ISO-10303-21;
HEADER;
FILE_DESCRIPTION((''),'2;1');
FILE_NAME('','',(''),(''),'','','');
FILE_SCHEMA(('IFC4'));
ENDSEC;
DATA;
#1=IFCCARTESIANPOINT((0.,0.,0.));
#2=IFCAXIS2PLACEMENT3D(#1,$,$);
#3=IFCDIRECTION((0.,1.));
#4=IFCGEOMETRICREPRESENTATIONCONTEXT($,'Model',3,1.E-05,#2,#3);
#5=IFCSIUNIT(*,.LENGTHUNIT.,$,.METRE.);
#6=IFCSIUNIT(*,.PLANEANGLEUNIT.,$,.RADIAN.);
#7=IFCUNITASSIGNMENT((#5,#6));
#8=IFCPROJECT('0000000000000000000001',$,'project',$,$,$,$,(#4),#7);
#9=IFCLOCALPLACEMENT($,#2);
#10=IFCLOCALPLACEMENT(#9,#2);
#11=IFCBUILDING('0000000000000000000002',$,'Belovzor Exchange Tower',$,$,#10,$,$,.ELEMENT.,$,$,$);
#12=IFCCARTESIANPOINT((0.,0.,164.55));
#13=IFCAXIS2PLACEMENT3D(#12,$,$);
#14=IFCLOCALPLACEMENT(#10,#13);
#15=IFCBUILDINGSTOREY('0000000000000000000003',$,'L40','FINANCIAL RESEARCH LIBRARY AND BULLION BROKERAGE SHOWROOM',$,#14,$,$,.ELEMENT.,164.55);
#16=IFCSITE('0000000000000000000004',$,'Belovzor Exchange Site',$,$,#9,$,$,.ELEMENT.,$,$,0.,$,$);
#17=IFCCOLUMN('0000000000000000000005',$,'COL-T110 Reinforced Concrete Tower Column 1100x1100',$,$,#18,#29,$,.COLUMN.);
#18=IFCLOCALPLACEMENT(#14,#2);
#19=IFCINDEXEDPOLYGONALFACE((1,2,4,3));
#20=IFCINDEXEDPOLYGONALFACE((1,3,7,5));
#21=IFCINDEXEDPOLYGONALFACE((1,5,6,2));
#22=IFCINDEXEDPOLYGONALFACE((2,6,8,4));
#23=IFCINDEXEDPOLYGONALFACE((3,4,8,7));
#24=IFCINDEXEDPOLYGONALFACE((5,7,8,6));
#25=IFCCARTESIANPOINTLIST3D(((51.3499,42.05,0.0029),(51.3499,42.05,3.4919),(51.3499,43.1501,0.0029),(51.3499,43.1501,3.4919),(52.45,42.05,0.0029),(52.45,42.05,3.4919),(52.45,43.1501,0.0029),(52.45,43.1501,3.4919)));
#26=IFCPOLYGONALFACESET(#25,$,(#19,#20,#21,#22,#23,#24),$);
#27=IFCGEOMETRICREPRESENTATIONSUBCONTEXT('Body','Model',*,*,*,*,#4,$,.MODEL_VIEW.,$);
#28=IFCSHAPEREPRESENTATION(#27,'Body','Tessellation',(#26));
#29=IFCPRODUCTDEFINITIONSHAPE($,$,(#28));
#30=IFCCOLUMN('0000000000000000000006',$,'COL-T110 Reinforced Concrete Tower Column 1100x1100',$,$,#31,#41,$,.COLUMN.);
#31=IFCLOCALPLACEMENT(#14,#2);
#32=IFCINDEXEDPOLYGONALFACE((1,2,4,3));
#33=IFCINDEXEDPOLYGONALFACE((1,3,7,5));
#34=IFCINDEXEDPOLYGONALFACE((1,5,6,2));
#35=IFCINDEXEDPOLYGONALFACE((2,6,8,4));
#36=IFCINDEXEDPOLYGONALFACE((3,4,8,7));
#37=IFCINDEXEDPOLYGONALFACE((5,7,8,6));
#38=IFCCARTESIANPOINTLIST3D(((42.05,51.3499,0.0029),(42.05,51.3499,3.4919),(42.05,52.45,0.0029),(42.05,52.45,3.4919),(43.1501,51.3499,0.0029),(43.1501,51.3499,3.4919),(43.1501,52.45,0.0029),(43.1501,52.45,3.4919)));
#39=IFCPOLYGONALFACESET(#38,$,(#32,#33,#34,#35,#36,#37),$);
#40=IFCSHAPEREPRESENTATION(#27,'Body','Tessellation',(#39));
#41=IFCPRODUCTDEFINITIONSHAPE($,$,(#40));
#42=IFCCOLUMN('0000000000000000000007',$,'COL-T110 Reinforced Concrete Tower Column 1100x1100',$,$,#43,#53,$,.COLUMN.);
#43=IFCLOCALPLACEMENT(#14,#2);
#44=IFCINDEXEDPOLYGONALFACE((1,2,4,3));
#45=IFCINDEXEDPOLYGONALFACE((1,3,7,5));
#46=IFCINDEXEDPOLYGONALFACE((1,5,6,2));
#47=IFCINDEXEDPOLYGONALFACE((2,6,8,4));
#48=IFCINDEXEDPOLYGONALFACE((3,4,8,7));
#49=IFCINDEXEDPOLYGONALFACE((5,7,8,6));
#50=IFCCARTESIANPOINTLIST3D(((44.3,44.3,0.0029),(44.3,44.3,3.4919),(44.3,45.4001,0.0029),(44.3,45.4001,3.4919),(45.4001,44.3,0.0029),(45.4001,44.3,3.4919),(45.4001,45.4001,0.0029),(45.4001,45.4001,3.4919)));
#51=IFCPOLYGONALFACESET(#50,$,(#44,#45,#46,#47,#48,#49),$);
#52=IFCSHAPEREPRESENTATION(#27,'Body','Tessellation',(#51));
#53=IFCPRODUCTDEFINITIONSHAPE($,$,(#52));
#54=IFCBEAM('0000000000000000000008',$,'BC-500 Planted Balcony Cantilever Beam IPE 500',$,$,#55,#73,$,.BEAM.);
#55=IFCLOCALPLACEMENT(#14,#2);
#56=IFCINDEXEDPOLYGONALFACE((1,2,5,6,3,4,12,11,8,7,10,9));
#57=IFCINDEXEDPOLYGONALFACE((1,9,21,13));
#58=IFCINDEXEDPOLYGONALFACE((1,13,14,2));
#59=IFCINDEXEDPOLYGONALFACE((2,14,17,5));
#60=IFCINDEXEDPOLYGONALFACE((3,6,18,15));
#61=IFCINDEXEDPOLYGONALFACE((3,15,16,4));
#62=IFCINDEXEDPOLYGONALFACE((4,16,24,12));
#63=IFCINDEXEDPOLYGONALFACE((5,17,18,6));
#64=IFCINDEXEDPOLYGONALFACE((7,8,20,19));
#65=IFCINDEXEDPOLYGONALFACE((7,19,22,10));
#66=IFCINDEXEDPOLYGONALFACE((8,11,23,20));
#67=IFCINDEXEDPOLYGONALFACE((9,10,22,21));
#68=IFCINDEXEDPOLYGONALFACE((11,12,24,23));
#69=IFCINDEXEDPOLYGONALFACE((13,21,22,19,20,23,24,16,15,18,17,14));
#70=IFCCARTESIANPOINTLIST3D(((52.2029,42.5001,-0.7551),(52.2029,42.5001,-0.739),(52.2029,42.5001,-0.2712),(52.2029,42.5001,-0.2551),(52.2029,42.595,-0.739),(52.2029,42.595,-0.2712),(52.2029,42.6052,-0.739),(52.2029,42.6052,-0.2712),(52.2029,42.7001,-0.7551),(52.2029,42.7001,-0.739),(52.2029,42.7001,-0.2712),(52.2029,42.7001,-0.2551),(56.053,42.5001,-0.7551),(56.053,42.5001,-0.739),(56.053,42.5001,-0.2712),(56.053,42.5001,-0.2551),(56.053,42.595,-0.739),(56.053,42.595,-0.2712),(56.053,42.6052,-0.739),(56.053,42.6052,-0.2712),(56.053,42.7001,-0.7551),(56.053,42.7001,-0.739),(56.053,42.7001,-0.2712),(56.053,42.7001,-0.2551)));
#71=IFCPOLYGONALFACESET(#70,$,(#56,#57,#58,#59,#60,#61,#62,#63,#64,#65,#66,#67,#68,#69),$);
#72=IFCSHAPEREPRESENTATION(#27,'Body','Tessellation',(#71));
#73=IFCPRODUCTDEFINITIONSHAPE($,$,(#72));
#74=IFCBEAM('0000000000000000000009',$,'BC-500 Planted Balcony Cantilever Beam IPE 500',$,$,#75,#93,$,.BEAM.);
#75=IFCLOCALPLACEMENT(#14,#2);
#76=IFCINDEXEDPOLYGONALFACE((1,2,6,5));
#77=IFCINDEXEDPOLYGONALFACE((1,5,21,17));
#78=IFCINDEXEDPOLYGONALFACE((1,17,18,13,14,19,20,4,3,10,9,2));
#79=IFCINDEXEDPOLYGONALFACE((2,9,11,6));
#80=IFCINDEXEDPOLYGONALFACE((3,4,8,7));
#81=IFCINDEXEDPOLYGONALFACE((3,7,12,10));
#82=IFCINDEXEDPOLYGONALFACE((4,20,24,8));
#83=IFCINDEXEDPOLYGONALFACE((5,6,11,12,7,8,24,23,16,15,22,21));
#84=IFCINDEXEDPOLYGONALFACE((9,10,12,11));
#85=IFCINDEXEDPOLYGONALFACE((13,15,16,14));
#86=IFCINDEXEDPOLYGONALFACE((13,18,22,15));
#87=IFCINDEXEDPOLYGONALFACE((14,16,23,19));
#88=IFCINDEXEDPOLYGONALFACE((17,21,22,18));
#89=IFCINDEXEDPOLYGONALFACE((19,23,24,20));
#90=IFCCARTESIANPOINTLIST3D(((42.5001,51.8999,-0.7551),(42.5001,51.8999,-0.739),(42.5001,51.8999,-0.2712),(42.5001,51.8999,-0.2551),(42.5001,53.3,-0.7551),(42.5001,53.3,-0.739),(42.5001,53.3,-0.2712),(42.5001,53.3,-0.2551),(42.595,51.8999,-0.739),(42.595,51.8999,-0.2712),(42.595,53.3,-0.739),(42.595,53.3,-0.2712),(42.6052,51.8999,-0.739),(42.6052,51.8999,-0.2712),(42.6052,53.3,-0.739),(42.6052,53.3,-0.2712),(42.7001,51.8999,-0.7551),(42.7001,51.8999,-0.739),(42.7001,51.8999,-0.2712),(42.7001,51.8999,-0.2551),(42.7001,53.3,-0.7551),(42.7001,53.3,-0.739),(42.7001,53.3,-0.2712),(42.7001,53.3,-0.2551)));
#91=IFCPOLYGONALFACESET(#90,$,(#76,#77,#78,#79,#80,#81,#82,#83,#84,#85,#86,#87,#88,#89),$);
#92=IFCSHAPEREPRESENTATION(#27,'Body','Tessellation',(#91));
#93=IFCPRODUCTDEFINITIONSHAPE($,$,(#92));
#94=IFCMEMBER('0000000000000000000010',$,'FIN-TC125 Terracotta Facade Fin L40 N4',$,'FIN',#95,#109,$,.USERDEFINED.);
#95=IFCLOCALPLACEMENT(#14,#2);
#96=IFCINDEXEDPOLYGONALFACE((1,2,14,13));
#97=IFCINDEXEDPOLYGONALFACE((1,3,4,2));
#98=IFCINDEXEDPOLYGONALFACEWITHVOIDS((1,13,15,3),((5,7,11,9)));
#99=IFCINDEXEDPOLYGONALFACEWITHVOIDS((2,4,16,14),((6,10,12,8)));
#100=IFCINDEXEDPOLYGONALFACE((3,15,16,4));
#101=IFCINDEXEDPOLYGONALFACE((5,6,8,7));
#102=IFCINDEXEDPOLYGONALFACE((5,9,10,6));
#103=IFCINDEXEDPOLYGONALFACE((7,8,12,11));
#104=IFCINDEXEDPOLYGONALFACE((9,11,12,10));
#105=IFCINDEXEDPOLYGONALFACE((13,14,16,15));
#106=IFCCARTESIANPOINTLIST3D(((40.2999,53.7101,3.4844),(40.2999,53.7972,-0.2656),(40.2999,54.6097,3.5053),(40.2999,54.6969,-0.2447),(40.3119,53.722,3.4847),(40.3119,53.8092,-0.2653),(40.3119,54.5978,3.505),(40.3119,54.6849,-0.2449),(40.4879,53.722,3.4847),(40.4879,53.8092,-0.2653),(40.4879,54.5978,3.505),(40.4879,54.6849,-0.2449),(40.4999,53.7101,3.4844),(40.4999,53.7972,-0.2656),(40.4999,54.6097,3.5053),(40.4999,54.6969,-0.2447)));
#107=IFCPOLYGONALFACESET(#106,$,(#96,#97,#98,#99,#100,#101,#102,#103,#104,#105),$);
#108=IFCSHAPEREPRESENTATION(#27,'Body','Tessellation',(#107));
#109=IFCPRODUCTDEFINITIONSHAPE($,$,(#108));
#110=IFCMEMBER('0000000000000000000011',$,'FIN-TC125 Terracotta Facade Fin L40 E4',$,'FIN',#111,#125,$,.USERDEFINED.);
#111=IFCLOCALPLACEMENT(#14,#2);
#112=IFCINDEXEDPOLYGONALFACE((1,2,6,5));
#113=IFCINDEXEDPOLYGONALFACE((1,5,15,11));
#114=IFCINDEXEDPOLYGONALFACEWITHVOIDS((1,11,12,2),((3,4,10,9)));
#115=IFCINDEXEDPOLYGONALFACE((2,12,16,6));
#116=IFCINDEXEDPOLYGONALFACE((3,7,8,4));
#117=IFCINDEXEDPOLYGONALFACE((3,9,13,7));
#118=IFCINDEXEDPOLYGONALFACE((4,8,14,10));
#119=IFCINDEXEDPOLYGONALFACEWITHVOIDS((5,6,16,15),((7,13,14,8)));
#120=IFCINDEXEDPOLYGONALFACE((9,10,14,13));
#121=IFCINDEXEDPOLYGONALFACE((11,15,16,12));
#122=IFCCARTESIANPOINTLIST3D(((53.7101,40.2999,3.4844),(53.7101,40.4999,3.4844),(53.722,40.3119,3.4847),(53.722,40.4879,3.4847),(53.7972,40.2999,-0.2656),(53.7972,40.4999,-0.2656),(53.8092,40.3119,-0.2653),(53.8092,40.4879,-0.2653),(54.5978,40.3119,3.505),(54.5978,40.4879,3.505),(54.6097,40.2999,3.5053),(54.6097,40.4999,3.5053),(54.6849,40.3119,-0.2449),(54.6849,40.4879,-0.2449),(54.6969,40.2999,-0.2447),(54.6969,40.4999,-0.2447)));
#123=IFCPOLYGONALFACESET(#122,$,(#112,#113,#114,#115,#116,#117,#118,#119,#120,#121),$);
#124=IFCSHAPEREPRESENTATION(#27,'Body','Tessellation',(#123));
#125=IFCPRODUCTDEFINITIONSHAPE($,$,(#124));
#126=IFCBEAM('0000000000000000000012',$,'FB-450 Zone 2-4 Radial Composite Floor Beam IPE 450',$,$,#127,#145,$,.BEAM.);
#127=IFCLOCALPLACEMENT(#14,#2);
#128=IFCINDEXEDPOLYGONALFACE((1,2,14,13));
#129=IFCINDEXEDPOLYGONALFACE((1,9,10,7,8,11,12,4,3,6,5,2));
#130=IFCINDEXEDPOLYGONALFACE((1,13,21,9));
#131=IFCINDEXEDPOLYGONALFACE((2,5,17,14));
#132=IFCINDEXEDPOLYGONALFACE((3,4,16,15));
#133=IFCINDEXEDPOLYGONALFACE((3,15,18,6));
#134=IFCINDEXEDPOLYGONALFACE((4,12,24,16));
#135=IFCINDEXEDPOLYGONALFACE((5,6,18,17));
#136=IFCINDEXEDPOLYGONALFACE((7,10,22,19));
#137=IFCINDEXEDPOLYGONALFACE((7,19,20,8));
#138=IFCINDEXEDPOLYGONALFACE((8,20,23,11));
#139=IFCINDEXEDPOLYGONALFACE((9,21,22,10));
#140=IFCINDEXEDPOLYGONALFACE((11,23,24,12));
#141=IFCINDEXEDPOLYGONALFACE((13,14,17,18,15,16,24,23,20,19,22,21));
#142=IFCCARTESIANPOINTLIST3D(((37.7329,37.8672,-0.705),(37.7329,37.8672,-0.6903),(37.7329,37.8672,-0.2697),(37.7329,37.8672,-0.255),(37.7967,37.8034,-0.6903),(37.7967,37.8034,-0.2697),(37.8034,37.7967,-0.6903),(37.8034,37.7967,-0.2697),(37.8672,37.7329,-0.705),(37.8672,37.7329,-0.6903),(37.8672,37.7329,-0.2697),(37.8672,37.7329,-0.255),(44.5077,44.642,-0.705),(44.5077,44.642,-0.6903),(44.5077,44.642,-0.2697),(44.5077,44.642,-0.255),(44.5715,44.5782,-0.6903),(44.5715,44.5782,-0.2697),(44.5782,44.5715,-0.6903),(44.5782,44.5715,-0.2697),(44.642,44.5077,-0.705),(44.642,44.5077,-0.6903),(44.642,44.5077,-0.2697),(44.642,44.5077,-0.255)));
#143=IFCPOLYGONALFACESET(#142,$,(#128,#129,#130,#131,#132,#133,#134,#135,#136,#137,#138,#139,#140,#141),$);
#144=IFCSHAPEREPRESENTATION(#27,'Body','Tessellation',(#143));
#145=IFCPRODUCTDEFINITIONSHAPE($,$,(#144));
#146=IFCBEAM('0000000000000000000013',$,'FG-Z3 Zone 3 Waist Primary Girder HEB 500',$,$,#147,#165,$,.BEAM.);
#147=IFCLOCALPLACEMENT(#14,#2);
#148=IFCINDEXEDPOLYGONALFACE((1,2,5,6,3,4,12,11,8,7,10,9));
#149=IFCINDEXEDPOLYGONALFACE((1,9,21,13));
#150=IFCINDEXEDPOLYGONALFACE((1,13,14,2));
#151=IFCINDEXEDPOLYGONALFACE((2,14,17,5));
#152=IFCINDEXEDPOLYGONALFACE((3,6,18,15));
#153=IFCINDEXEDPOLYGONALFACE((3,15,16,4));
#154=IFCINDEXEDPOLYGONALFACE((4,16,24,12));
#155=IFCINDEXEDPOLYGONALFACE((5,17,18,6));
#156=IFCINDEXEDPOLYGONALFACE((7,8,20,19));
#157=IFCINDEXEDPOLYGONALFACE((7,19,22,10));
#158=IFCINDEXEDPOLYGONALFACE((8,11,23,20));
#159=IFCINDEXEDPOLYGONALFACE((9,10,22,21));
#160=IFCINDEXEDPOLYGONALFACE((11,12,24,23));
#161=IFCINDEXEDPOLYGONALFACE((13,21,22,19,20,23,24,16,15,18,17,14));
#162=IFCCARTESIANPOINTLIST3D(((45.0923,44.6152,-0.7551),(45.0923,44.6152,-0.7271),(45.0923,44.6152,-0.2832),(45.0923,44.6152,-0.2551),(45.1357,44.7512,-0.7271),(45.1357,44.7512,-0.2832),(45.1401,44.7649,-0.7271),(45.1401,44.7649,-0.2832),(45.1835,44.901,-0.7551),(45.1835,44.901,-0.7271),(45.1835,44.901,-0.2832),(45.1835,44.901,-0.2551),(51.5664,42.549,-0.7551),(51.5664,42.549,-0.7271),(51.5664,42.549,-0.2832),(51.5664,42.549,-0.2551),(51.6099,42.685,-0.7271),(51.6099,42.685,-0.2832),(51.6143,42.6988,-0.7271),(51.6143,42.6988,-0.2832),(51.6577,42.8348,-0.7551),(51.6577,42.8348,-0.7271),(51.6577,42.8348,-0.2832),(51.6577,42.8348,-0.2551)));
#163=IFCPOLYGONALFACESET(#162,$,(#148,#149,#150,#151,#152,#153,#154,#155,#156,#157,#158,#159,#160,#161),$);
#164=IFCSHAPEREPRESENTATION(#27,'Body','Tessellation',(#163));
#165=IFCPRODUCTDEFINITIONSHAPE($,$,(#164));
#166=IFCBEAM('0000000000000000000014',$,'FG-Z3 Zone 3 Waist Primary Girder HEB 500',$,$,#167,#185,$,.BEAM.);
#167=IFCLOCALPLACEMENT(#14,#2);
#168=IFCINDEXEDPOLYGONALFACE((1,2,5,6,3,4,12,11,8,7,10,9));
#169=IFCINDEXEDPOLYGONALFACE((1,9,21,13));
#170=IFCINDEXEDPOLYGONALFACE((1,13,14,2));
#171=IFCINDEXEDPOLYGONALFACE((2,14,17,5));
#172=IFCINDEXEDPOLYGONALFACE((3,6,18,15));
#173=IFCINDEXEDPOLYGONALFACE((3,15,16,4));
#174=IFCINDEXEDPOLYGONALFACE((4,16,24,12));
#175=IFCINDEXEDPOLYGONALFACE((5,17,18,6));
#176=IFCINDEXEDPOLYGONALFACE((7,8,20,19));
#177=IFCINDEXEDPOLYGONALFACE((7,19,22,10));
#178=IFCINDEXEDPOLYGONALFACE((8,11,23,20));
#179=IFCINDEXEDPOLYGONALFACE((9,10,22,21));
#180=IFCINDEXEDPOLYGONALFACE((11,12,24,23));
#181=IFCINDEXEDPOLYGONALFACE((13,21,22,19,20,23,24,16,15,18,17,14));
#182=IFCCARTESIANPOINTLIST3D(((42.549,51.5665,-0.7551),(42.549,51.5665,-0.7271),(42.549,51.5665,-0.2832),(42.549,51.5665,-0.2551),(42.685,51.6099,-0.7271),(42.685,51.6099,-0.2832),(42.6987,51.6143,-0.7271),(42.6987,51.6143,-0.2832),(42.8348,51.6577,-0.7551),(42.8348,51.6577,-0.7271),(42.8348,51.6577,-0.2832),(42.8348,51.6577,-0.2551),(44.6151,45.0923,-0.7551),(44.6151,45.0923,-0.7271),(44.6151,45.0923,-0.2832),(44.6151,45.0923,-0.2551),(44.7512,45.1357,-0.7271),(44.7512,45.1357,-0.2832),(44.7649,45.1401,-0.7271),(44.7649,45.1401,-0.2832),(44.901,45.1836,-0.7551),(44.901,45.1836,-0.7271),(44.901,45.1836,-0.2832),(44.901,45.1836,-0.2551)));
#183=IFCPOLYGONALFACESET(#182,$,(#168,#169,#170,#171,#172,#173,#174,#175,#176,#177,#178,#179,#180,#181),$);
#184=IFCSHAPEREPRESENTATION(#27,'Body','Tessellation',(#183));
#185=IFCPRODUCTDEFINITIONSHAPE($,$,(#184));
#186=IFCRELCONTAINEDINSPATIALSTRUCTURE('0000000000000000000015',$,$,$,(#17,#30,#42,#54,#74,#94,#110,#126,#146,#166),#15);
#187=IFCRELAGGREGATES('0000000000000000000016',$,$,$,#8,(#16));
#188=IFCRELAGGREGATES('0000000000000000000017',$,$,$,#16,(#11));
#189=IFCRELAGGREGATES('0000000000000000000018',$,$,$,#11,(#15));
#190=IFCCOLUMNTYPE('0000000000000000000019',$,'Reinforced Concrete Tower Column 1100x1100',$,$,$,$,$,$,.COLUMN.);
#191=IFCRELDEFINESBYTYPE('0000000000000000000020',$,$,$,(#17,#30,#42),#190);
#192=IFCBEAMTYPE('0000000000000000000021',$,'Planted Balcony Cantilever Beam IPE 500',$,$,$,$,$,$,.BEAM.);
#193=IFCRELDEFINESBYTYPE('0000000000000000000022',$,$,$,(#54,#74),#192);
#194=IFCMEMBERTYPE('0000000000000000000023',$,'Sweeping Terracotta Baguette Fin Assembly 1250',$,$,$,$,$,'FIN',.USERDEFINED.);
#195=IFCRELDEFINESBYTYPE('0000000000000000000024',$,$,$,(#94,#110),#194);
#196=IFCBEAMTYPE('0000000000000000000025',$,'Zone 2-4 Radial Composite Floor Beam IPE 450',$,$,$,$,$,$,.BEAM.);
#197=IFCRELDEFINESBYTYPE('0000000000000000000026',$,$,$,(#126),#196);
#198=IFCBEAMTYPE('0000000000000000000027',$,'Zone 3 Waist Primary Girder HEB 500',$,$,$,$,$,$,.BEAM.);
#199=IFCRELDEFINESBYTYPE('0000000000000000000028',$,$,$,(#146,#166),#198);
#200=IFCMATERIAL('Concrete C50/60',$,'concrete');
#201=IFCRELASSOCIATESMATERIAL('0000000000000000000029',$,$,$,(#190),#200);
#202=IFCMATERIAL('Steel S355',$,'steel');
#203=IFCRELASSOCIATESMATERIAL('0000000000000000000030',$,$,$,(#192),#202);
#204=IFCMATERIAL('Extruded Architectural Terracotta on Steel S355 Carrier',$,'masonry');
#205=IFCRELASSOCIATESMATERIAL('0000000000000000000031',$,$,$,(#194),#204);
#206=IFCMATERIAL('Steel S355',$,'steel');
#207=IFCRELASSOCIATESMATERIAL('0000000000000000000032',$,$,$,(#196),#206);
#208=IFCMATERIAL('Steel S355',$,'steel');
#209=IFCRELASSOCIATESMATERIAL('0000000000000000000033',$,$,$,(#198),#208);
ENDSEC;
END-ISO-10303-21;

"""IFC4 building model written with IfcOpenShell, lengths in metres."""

from ifc_helpers import new_model, si_unit, direction, frame, origin, origin_2d, place, context, subcontext, project, spatial, rectangle, hollow_rectangle, i_section, extrude, material, material_profile, profile_set, type_object, element, save


model = new_model("IFC4")

# Units and contexts
model_context = context("Model", 3, precision=1e-05, world=origin(), true_north=direction((0.0, 1.0)))
body_context = subcontext(model_context, "Body", "Model", "MODEL_VIEW")
ifc_project = project(units=[si_unit("LENGTHUNIT", "METRE"), si_unit("PLANEANGLEUNIT", "RADIAN")], contexts=[model_context])

# Site, building, storey
site_placement = place(None, origin())
site = spatial("IfcSite", under=ifc_project, at=site_placement, Name="Belovzor Exchange Site", CompositionType="ELEMENT", RefElevation=0.0)
building_placement = place(site_placement, origin())
building = spatial("IfcBuilding", under=site, at=building_placement, Name="Belovzor Exchange Tower", CompositionType="ELEMENT")
storey_placement = place(building_placement, frame((0.0, 0.0, 164.55)))
storey = spatial("IfcBuildingStorey", under=building, at=storey_placement, Name="L40", Description="FINANCIAL RESEARCH LIBRARY AND BULLION BROKERAGE SHOWROOM", CompositionType="ELEMENT", Elevation=164.55)

# Columns
ifc_material_1 = material(Name="Concrete C50/60", Category="concrete")
ifc_material_profile_1 = material_profile(ifc_material_1, rectangle(XDim=1.1001, YDim=1.1001, at=origin_2d()))
ifc_profile_set_1 = profile_set([ifc_material_profile_1], Name="Concrete C50/60")
column_type = type_object("IfcColumnType", Name="Reinforced Concrete Tower Column 1100x1100", PredefinedType="COLUMN", material=ifc_profile_set_1)
for number, where, z_axis, x_axis, name in (
    (1, (51.8999, 42.6001, 0.0029), (0.0, 0.0, 1.0), (1.0, 0.0, 0.0), "COL-T110 Reinforced Concrete Tower Column 1100x1100"),
    (2, (42.6001, 51.8999, 0.0029), (0.0, 0.0, 1.0), (1.0, 0.0, 0.0), "COL-T110 Reinforced Concrete Tower Column 1100x1100"),
    (3, (44.8501, 44.8501, 0.0029), (0.0, 0.0, 1.0), (1.0, 0.0, 0.0), "COL-T110 Reinforced Concrete Tower Column 1100x1100"),
):
    element("IfcColumn", number, at=place(storey_placement, frame(where, z_axis=z_axis, x_axis=x_axis)), inside=storey, type_object=column_type, Name=name, PredefinedType="COLUMN", context=body_context, shape_type="SweptSolid", body=[
        extrude(rectangle(XDim=1.1001, YDim=1.1001, at=origin_2d()), origin(), (0.0, 0.0, 1.0), 3.489),
    ])

# Beams
ifc_material_2 = material(Name="Steel S355", Category="steel")
ifc_material_profile_2 = material_profile(ifc_material_2, i_section(OverallWidth=0.2, OverallDepth=0.5, WebThickness=0.0103, FlangeThickness=0.0161, at=origin_2d()))
ifc_profile_set_2 = profile_set([ifc_material_profile_2], Name="Steel S355")
beam_type_1 = type_object("IfcBeamType", Name="Planted Balcony Cantilever Beam IPE 500", PredefinedType="BEAM", material=ifc_profile_set_2)
beam_1_placement = place(storey_placement, frame((52.2029, 42.6001, -0.5051), z_axis=(1.0, 0.0, 0.0), x_axis=(0.0, 1.0, 0.0)))
element("IfcBeam", 4, at=beam_1_placement, inside=storey, type_object=beam_type_1, Name="BC-500 Planted Balcony Cantilever Beam IPE 500", PredefinedType="BEAM", context=body_context, shape_type="SweptSolid", body=[
    extrude(i_section(OverallWidth=0.2, OverallDepth=0.5, WebThickness=0.0103, FlangeThickness=0.0161, at=origin_2d()), origin(), (0.0, 0.0, 1.0), 3.8501),
])
beam_2_placement = place(storey_placement, frame((42.6001, 51.8999, -0.5051), z_axis=(0.0, 1.0, 0.0), x_axis=(-1.0, 0.0, 0.0)))
element("IfcBeam", 5, at=beam_2_placement, inside=storey, type_object=beam_type_1, Name="BC-500 Planted Balcony Cantilever Beam IPE 500", PredefinedType="BEAM", context=body_context, shape_type="SweptSolid", body=[
    extrude(i_section(OverallWidth=0.2, OverallDepth=0.5, WebThickness=0.0103, FlangeThickness=0.0161, at=origin_2d()), origin(), (0.0, 0.0, 1.0), 1.4001),
])

# Members
ifc_material_3 = material(Name="Extruded Architectural Terracotta on Steel S355 Carrier", Category="masonry")
ifc_material_profile_3 = material_profile(ifc_material_3, hollow_rectangle(XDim=0.2, YDim=0.8999, WallThickness=0.012, at=origin_2d()))
ifc_profile_set_3 = profile_set([ifc_material_profile_3], Name="Extruded Architectural Terracotta on Steel S355 Carrier")
member_type = type_object("IfcMemberType", Name="Sweeping Terracotta Baguette Fin Assembly 1250", ElementType="FIN", PredefinedType="USERDEFINED", material=ifc_profile_set_3)
for number, where, z_axis, x_axis, name in (
    (6, (40.3999, 54.2471, -0.2551), (0.0, -0.023236, 0.99973), (1.0, 0.0, 0.0), "FIN-TC125 Terracotta Facade Fin L40 N4"),
    (7, (54.2471, 40.3999, -0.2551), (-0.023236, 0.0, 0.99973), (0.0, -1.0, 0.0), "FIN-TC125 Terracotta Facade Fin L40 E4"),
):
    element("IfcMember", number, at=place(storey_placement, frame(where, z_axis=z_axis, x_axis=x_axis)), inside=storey, type_object=member_type, Name=name, ObjectType="FIN", PredefinedType="USERDEFINED", context=body_context, shape_type="SweptSolid", body=[
        extrude(hollow_rectangle(XDim=0.2, YDim=0.8999, WallThickness=0.012, at=origin_2d()), origin(), (0.0, 0.0, 1.0), 3.751),
    ])

# Beams
ifc_material_4 = material(Name="Steel S355", Category="steel")
ifc_material_profile_4 = material_profile(ifc_material_4, i_section(OverallWidth=0.1899, OverallDepth=0.45, WebThickness=0.0095, FlangeThickness=0.0146, at=origin_2d()))
ifc_profile_set_4 = profile_set([ifc_material_profile_4], Name="Steel S355")
beam_type_2 = type_object("IfcBeamType", Name="Zone 2-4 Radial Composite Floor Beam IPE 450", PredefinedType="BEAM", material=ifc_profile_set_4)
beam_3_placement = place(storey_placement, frame((37.8, 37.8, -0.48), z_axis=(0.707107, 0.707107, 0.0), x_axis=(-0.707107, 0.707107, 0.0)))
element("IfcBeam", 8, at=beam_3_placement, inside=storey, type_object=beam_type_2, Name="FB-450 Zone 2-4 Radial Composite Floor Beam IPE 450", PredefinedType="BEAM", context=body_context, shape_type="SweptSolid", body=[
    extrude(i_section(OverallWidth=0.1899, OverallDepth=0.45, WebThickness=0.0095, FlangeThickness=0.0146, at=origin_2d()), origin(), (0.0, 0.0, 1.0), 9.5811),
])
ifc_material_5 = material(Name="Steel S355", Category="steel")
ifc_material_profile_5 = material_profile(ifc_material_5, i_section(OverallWidth=0.3, OverallDepth=0.5, WebThickness=0.0144, FlangeThickness=0.0281, at=origin_2d()))
ifc_profile_set_5 = profile_set([ifc_material_profile_5], Name="Steel S355")
beam_type_3 = type_object("IfcBeamType", Name="Zone 3 Waist Primary Girder HEB 500", PredefinedType="BEAM", material=ifc_profile_set_5)
for number, where, z_axis, x_axis, name in (
    (9, (51.6121, 42.6919, -0.5051), (-0.952661, 0.304034, 0.0), (-0.304034, -0.952661, 0.0), "FG-Z3 Zone 3 Waist Primary Girder HEB 500"),
    (10, (44.7581, 45.1379, -0.5051), (-0.304034, 0.952661, 0.0), (-0.952661, -0.304034, 0.0), "FG-Z3 Zone 3 Waist Primary Girder HEB 500"),
):
    element("IfcBeam", number, at=place(storey_placement, frame(where, z_axis=z_axis, x_axis=x_axis)), inside=storey, type_object=beam_type_3, Name=name, PredefinedType="BEAM", context=body_context, shape_type="SweptSolid", body=[
        extrude(i_section(OverallWidth=0.3, OverallDepth=0.5, WebThickness=0.0144, FlangeThickness=0.0281, at=origin_2d()), origin(), (0.0, 0.0, 1.0), 6.7959),
    ])

save(model, "model.ifc")
